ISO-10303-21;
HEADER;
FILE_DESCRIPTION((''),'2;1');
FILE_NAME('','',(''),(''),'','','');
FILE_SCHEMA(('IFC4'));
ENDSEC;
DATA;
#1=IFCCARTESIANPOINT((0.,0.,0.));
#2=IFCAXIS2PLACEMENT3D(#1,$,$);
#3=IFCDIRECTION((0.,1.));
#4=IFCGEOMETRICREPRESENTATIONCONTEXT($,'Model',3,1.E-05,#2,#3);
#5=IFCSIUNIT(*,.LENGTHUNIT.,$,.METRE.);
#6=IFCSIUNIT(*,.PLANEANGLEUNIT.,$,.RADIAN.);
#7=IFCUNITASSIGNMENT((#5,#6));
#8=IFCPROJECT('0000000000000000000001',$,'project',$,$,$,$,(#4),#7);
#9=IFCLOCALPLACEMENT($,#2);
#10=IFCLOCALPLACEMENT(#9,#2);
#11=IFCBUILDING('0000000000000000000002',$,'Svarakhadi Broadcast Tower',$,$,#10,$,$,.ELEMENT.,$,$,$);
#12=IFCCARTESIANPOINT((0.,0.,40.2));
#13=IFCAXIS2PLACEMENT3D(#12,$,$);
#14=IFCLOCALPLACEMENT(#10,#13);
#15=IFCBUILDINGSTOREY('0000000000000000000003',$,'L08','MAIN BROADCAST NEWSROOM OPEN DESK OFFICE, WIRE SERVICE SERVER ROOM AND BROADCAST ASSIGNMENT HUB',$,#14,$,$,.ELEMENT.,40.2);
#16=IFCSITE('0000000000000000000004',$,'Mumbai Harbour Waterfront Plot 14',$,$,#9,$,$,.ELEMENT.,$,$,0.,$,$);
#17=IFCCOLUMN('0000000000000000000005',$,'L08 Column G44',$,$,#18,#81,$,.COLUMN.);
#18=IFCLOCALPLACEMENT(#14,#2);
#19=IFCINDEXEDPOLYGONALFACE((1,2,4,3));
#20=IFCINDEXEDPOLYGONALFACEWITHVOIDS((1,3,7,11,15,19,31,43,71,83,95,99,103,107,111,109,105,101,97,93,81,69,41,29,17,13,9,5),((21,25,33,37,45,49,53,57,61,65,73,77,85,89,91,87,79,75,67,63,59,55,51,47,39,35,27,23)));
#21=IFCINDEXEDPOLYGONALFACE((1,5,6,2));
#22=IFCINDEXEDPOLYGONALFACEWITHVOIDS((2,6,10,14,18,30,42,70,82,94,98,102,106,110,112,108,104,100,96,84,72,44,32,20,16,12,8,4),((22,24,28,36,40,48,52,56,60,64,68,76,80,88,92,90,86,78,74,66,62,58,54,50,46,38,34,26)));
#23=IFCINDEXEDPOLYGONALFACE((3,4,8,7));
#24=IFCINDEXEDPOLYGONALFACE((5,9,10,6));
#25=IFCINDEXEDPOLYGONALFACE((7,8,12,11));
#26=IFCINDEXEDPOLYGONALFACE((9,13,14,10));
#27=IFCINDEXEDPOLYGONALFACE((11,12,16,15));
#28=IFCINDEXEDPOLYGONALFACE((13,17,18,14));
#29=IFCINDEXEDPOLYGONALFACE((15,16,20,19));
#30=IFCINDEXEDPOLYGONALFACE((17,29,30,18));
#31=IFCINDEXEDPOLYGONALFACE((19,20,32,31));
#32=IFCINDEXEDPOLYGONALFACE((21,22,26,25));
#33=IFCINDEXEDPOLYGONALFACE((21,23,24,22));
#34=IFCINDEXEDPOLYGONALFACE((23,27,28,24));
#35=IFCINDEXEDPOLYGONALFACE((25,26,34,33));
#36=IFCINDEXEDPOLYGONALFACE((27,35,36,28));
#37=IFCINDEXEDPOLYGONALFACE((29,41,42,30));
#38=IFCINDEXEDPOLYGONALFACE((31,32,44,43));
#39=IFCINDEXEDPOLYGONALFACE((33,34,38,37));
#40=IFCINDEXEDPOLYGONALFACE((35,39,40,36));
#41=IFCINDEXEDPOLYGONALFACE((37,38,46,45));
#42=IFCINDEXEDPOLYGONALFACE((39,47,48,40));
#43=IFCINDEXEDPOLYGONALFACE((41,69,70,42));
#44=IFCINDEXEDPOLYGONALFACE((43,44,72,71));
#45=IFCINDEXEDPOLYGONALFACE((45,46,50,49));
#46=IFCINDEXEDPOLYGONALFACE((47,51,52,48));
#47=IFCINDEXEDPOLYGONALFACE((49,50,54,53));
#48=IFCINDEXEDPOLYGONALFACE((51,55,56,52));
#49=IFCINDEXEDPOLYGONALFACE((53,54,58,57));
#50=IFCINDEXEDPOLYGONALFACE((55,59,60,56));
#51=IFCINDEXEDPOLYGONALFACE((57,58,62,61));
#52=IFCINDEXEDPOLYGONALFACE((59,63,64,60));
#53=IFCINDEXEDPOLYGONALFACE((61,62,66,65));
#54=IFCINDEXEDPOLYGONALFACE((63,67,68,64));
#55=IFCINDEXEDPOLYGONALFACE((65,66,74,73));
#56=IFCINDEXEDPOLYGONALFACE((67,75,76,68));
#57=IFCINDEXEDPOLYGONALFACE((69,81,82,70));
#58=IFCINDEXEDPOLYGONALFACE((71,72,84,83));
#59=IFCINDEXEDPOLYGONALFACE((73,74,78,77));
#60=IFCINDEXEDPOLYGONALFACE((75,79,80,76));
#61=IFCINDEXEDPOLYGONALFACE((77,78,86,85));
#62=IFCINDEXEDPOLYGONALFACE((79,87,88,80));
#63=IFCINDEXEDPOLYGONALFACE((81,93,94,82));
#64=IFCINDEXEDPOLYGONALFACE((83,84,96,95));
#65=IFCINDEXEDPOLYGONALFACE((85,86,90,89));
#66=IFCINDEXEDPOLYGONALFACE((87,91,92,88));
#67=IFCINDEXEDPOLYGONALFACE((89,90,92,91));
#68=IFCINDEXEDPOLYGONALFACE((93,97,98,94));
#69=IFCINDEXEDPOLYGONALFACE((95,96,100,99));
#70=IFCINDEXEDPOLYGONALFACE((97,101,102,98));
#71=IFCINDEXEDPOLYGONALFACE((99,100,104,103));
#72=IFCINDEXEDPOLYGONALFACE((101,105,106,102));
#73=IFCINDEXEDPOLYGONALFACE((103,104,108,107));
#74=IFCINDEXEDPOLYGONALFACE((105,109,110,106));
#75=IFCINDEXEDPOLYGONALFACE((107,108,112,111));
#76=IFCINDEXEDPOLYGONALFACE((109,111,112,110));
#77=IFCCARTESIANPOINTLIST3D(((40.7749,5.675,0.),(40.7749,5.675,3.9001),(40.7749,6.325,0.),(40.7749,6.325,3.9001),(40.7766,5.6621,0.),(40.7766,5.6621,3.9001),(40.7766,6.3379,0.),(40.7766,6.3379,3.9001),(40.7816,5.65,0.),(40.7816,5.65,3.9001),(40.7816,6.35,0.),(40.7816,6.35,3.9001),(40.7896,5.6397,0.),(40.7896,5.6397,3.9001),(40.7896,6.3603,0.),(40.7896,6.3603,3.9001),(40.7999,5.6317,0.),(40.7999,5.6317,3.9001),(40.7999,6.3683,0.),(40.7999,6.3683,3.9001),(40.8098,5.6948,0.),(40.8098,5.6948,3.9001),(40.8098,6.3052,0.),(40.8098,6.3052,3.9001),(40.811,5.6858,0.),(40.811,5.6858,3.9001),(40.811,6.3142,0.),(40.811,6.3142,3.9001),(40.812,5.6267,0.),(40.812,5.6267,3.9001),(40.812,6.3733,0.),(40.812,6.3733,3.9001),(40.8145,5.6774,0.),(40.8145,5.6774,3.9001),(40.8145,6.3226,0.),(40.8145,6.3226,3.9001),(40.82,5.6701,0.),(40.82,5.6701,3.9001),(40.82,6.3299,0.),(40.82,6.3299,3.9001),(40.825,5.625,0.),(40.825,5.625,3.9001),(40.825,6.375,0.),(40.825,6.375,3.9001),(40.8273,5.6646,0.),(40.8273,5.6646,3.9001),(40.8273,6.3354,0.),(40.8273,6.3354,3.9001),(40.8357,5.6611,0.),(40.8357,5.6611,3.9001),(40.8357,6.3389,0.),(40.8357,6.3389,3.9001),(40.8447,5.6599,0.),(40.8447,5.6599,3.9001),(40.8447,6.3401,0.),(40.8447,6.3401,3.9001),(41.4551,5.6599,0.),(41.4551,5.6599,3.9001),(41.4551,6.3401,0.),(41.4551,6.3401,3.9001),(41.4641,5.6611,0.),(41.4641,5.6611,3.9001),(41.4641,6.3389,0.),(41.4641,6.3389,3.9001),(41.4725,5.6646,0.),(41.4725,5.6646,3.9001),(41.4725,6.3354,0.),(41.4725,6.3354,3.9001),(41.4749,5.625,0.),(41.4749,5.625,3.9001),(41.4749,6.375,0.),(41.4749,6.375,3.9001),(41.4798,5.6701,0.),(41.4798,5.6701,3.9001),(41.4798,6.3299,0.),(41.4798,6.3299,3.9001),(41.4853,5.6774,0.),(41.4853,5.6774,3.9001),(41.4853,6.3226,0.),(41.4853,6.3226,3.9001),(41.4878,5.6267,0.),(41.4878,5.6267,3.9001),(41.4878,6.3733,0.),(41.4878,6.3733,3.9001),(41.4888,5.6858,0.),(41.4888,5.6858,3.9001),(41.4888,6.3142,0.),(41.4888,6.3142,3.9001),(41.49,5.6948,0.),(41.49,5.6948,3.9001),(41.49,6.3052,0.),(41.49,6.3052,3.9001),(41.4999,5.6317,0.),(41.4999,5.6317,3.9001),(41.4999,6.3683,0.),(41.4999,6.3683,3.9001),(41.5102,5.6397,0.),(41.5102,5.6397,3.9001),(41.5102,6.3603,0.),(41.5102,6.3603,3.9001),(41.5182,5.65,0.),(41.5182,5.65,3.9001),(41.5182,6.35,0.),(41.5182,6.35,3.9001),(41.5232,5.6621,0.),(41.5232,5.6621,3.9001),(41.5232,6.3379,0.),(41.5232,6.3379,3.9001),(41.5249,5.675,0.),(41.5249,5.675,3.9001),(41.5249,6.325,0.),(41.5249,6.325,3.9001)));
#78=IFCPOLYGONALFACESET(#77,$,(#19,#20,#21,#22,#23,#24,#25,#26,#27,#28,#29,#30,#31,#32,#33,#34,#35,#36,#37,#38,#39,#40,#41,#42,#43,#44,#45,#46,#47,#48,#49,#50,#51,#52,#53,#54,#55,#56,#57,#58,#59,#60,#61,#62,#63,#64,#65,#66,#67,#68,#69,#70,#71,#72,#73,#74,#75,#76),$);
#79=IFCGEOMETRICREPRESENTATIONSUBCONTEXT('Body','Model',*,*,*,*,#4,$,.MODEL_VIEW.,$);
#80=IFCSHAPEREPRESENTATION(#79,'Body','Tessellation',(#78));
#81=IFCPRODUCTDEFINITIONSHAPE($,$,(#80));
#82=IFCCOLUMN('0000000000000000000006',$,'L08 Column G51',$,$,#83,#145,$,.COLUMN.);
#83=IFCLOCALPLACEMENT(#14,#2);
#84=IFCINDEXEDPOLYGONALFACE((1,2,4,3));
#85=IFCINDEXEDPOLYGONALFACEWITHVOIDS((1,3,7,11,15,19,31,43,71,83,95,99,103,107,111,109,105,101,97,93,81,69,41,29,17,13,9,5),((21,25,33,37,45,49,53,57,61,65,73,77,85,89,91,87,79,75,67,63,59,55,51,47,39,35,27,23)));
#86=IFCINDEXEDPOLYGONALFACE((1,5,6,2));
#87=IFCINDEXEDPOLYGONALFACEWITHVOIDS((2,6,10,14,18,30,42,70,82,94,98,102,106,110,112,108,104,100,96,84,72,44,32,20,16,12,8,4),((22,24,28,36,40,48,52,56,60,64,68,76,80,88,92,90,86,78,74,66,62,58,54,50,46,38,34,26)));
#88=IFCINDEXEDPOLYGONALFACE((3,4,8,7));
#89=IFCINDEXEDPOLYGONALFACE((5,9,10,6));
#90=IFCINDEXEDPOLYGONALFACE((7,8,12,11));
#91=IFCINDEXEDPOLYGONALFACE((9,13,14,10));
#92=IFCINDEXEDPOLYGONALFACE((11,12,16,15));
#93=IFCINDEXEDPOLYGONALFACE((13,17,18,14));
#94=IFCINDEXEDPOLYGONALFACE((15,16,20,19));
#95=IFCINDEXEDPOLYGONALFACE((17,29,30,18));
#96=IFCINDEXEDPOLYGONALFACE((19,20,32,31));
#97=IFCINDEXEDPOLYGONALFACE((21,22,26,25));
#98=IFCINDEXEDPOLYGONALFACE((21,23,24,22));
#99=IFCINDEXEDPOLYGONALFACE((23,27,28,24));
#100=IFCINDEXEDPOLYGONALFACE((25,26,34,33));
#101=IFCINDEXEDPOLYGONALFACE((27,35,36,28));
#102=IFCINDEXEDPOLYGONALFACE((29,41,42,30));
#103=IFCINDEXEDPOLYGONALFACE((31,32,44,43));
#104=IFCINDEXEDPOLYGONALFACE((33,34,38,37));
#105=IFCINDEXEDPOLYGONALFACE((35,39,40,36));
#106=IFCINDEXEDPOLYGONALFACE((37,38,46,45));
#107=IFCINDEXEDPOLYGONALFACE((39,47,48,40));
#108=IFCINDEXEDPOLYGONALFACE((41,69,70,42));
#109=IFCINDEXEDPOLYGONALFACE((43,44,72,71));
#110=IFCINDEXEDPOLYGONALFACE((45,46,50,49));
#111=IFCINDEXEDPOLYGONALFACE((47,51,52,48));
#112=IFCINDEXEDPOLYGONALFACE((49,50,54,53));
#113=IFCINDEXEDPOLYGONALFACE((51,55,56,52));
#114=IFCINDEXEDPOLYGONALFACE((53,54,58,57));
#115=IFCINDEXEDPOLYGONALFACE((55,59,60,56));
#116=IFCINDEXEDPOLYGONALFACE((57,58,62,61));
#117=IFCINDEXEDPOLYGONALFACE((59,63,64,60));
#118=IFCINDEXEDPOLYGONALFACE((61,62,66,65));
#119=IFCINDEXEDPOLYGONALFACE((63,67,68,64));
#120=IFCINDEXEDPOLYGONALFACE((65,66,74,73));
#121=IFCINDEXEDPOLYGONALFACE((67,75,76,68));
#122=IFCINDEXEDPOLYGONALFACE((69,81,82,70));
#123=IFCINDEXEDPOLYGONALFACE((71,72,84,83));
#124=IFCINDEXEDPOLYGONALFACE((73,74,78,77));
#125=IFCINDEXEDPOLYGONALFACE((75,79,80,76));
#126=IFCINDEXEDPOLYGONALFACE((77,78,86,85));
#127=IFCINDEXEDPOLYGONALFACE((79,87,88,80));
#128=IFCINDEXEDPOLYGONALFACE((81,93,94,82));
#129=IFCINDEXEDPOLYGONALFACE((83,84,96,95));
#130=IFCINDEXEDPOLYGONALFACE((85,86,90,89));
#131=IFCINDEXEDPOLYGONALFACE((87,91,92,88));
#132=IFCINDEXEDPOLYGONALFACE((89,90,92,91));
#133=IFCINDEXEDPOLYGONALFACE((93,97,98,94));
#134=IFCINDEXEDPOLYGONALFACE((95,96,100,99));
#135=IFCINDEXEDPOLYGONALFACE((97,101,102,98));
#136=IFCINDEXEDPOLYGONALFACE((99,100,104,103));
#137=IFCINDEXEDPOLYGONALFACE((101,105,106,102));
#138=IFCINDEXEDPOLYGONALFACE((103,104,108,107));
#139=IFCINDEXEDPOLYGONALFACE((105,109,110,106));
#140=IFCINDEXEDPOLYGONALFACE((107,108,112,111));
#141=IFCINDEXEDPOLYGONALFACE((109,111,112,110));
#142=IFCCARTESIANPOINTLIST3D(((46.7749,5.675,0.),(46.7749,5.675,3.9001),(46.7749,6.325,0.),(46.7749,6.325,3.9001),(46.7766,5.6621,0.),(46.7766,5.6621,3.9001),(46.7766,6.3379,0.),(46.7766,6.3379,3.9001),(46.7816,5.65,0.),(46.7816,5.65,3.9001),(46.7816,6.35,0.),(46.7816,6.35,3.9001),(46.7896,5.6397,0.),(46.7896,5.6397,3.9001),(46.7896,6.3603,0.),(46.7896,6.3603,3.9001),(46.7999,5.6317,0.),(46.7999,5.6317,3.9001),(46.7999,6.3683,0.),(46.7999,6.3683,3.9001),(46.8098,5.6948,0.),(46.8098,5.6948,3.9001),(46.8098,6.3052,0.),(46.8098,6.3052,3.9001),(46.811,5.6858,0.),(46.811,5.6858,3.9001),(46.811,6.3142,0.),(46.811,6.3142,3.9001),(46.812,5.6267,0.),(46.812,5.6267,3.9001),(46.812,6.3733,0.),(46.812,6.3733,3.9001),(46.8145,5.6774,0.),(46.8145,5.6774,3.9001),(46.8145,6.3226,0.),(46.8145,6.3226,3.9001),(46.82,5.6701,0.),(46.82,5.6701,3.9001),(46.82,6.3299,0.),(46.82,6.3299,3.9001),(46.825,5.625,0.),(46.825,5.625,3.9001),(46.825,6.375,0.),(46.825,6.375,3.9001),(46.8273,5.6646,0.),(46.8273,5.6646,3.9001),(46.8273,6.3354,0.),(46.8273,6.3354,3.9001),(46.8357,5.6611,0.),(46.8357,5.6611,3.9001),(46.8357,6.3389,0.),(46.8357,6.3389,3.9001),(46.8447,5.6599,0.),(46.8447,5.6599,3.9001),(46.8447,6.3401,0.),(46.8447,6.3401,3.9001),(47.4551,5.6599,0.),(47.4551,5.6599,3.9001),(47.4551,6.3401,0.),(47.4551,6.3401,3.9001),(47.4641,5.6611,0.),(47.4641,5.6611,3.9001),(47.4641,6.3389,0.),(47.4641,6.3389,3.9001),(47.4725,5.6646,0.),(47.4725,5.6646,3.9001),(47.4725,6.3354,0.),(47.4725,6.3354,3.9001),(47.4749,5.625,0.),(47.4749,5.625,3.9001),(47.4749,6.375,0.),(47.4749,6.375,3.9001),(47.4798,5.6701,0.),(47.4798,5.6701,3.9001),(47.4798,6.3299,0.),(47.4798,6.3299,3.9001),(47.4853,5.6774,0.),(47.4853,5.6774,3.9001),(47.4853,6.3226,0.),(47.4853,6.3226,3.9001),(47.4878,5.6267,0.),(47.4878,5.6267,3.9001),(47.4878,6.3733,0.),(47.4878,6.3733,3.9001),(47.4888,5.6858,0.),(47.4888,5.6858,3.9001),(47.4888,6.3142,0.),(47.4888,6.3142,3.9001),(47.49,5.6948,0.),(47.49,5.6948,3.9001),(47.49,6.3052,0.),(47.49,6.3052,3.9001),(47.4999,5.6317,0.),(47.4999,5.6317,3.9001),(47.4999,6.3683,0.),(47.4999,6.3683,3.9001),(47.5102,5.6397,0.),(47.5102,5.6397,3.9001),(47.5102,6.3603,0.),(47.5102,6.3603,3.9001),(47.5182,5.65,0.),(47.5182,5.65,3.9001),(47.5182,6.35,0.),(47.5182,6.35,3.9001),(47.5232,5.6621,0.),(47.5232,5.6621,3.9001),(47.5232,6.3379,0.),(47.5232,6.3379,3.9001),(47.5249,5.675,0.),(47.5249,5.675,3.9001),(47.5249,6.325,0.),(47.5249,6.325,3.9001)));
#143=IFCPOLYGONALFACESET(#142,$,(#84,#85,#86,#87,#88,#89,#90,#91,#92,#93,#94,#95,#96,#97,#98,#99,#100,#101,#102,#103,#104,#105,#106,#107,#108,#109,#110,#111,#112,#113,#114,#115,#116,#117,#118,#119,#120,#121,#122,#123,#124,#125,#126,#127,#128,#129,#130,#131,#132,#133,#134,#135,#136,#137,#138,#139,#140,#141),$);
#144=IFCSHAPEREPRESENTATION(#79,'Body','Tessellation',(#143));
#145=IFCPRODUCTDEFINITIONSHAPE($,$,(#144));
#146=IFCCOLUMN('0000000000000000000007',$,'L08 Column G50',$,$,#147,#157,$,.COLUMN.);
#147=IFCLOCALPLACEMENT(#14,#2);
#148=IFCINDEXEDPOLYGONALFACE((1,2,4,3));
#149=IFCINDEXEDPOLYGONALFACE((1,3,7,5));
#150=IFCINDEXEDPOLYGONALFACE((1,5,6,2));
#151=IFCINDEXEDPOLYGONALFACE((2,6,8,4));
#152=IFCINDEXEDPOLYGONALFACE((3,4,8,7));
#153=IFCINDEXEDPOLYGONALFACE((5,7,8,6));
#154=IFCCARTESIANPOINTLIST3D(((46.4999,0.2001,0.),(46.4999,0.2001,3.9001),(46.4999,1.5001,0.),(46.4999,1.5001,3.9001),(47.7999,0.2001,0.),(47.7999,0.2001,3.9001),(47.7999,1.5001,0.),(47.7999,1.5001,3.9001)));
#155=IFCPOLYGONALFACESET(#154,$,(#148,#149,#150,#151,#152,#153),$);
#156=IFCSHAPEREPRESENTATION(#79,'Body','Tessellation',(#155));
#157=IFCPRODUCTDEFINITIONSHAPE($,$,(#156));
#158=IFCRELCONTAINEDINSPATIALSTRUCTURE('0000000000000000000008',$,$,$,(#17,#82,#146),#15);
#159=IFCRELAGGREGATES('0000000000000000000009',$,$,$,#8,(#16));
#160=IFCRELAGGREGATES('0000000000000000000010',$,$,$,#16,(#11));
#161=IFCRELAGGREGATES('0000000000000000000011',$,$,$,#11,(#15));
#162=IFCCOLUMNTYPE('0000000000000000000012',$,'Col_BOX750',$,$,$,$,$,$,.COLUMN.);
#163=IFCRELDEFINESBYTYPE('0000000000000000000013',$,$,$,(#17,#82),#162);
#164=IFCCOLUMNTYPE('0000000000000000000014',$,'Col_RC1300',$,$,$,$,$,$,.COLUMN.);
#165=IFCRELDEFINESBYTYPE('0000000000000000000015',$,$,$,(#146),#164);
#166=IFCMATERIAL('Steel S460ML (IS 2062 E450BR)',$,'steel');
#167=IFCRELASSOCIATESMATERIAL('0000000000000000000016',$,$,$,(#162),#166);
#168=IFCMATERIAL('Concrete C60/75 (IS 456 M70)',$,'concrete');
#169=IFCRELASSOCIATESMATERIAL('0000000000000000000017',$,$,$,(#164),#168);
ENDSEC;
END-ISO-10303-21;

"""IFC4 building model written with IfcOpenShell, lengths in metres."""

from ifc_helpers import new_model, si_unit, direction, frame, origin, origin_2d, place, context, subcontext, project, spatial, rectangle, hollow_rectangle, extrude, material, material_profile, profile_set, type_object, element, save


model = new_model("IFC4")

# Units and contexts
model_context = context("Model", 3, precision=1e-05, world=origin(), true_north=direction((0.0, 1.0)))
body_context = subcontext(model_context, "Body", "Model", "MODEL_VIEW")
ifc_project = project(units=[si_unit("LENGTHUNIT", "METRE"), si_unit("PLANEANGLEUNIT", "RADIAN")], contexts=[model_context])

# Site, building, storey
site_placement = place(None, origin())
site = spatial("IfcSite", under=ifc_project, at=site_placement, Name="Mumbai Harbour Waterfront Plot 14", CompositionType="ELEMENT", RefElevation=0.0)
building_placement = place(site_placement, origin())
building = spatial("IfcBuilding", under=site, at=building_placement, Name="Svarakhadi Broadcast Tower", CompositionType="ELEMENT")
storey_placement = place(building_placement, frame((0.0, 0.0, 40.2)))
storey = spatial("IfcBuildingStorey", under=building, at=storey_placement, Name="L08", Description="MAIN BROADCAST NEWSROOM OPEN DESK OFFICE, WIRE SERVICE SERVER ROOM AND BROADCAST ASSIGNMENT HUB", CompositionType="ELEMENT", Elevation=40.2)

# Columns
ifc_material_1 = material(Name="Steel S460ML (IS 2062 E450BR)", Category="steel")
ifc_material_profile_1 = material_profile(ifc_material_1, hollow_rectangle(XDim=0.75, YDim=0.75, WallThickness=0.0349, InnerFilletRadius=0.0349, OuterFilletRadius=0.05, at=origin_2d()), Name="BOX 750x750x35")
ifc_profile_set_1 = profile_set([ifc_material_profile_1], Name="Steel S460ML (IS 2062 E450BR)")
column_type_1 = type_object("IfcColumnType", Name="Col_BOX750", PredefinedType="COLUMN", material=ifc_profile_set_1)
for number, where, z_axis, x_axis, name in (
    (1, (41.1499, 6.0, 0.0), (0.0, 0.0, 1.0), (1.0, 0.0, 0.0), "L08 Column G44"),
    (2, (47.1499, 6.0, 0.0), (0.0, 0.0, 1.0), (1.0, 0.0, 0.0), "L08 Column G51"),
):
    element("IfcColumn", number, at=place(storey_placement, frame(where, z_axis=z_axis, x_axis=x_axis)), inside=storey, type_object=column_type_1, Name=name, PredefinedType="COLUMN", context=body_context, shape_type="SweptSolid", body=[
        extrude(hollow_rectangle(XDim=0.75, YDim=0.75, WallThickness=0.0349, InnerFilletRadius=0.0349, OuterFilletRadius=0.05, at=origin_2d()), origin(), (0.0, 0.0, 1.0), 3.9001),
    ])
ifc_material_2 = material(Name="Concrete C60/75 (IS 456 M70)", Category="concrete")
ifc_material_profile_2 = material_profile(ifc_material_2, rectangle(XDim=1.3, YDim=1.3, at=origin_2d()), Name="RC 1300x1300")
ifc_profile_set_2 = profile_set([ifc_material_profile_2], Name="Concrete C60/75 (IS 456 M70)")
column_type_2 = type_object("IfcColumnType", Name="Col_RC1300", PredefinedType="COLUMN", material=ifc_profile_set_2)
column_1_placement = place(storey_placement, frame((47.1499, 0.8501, 0.0), z_axis=(0.0, 0.0, 1.0), x_axis=(1.0, 0.0, 0.0)))
element("IfcColumn", 3, at=column_1_placement, inside=storey, type_object=column_type_2, Name="L08 Column G50", PredefinedType="COLUMN", context=body_context, shape_type="SweptSolid", body=[
    extrude(rectangle(XDim=1.3, YDim=1.3, at=origin_2d()), origin(), (0.0, 0.0, 1.0), 3.9001),
])

save(model, "model.ifc")
